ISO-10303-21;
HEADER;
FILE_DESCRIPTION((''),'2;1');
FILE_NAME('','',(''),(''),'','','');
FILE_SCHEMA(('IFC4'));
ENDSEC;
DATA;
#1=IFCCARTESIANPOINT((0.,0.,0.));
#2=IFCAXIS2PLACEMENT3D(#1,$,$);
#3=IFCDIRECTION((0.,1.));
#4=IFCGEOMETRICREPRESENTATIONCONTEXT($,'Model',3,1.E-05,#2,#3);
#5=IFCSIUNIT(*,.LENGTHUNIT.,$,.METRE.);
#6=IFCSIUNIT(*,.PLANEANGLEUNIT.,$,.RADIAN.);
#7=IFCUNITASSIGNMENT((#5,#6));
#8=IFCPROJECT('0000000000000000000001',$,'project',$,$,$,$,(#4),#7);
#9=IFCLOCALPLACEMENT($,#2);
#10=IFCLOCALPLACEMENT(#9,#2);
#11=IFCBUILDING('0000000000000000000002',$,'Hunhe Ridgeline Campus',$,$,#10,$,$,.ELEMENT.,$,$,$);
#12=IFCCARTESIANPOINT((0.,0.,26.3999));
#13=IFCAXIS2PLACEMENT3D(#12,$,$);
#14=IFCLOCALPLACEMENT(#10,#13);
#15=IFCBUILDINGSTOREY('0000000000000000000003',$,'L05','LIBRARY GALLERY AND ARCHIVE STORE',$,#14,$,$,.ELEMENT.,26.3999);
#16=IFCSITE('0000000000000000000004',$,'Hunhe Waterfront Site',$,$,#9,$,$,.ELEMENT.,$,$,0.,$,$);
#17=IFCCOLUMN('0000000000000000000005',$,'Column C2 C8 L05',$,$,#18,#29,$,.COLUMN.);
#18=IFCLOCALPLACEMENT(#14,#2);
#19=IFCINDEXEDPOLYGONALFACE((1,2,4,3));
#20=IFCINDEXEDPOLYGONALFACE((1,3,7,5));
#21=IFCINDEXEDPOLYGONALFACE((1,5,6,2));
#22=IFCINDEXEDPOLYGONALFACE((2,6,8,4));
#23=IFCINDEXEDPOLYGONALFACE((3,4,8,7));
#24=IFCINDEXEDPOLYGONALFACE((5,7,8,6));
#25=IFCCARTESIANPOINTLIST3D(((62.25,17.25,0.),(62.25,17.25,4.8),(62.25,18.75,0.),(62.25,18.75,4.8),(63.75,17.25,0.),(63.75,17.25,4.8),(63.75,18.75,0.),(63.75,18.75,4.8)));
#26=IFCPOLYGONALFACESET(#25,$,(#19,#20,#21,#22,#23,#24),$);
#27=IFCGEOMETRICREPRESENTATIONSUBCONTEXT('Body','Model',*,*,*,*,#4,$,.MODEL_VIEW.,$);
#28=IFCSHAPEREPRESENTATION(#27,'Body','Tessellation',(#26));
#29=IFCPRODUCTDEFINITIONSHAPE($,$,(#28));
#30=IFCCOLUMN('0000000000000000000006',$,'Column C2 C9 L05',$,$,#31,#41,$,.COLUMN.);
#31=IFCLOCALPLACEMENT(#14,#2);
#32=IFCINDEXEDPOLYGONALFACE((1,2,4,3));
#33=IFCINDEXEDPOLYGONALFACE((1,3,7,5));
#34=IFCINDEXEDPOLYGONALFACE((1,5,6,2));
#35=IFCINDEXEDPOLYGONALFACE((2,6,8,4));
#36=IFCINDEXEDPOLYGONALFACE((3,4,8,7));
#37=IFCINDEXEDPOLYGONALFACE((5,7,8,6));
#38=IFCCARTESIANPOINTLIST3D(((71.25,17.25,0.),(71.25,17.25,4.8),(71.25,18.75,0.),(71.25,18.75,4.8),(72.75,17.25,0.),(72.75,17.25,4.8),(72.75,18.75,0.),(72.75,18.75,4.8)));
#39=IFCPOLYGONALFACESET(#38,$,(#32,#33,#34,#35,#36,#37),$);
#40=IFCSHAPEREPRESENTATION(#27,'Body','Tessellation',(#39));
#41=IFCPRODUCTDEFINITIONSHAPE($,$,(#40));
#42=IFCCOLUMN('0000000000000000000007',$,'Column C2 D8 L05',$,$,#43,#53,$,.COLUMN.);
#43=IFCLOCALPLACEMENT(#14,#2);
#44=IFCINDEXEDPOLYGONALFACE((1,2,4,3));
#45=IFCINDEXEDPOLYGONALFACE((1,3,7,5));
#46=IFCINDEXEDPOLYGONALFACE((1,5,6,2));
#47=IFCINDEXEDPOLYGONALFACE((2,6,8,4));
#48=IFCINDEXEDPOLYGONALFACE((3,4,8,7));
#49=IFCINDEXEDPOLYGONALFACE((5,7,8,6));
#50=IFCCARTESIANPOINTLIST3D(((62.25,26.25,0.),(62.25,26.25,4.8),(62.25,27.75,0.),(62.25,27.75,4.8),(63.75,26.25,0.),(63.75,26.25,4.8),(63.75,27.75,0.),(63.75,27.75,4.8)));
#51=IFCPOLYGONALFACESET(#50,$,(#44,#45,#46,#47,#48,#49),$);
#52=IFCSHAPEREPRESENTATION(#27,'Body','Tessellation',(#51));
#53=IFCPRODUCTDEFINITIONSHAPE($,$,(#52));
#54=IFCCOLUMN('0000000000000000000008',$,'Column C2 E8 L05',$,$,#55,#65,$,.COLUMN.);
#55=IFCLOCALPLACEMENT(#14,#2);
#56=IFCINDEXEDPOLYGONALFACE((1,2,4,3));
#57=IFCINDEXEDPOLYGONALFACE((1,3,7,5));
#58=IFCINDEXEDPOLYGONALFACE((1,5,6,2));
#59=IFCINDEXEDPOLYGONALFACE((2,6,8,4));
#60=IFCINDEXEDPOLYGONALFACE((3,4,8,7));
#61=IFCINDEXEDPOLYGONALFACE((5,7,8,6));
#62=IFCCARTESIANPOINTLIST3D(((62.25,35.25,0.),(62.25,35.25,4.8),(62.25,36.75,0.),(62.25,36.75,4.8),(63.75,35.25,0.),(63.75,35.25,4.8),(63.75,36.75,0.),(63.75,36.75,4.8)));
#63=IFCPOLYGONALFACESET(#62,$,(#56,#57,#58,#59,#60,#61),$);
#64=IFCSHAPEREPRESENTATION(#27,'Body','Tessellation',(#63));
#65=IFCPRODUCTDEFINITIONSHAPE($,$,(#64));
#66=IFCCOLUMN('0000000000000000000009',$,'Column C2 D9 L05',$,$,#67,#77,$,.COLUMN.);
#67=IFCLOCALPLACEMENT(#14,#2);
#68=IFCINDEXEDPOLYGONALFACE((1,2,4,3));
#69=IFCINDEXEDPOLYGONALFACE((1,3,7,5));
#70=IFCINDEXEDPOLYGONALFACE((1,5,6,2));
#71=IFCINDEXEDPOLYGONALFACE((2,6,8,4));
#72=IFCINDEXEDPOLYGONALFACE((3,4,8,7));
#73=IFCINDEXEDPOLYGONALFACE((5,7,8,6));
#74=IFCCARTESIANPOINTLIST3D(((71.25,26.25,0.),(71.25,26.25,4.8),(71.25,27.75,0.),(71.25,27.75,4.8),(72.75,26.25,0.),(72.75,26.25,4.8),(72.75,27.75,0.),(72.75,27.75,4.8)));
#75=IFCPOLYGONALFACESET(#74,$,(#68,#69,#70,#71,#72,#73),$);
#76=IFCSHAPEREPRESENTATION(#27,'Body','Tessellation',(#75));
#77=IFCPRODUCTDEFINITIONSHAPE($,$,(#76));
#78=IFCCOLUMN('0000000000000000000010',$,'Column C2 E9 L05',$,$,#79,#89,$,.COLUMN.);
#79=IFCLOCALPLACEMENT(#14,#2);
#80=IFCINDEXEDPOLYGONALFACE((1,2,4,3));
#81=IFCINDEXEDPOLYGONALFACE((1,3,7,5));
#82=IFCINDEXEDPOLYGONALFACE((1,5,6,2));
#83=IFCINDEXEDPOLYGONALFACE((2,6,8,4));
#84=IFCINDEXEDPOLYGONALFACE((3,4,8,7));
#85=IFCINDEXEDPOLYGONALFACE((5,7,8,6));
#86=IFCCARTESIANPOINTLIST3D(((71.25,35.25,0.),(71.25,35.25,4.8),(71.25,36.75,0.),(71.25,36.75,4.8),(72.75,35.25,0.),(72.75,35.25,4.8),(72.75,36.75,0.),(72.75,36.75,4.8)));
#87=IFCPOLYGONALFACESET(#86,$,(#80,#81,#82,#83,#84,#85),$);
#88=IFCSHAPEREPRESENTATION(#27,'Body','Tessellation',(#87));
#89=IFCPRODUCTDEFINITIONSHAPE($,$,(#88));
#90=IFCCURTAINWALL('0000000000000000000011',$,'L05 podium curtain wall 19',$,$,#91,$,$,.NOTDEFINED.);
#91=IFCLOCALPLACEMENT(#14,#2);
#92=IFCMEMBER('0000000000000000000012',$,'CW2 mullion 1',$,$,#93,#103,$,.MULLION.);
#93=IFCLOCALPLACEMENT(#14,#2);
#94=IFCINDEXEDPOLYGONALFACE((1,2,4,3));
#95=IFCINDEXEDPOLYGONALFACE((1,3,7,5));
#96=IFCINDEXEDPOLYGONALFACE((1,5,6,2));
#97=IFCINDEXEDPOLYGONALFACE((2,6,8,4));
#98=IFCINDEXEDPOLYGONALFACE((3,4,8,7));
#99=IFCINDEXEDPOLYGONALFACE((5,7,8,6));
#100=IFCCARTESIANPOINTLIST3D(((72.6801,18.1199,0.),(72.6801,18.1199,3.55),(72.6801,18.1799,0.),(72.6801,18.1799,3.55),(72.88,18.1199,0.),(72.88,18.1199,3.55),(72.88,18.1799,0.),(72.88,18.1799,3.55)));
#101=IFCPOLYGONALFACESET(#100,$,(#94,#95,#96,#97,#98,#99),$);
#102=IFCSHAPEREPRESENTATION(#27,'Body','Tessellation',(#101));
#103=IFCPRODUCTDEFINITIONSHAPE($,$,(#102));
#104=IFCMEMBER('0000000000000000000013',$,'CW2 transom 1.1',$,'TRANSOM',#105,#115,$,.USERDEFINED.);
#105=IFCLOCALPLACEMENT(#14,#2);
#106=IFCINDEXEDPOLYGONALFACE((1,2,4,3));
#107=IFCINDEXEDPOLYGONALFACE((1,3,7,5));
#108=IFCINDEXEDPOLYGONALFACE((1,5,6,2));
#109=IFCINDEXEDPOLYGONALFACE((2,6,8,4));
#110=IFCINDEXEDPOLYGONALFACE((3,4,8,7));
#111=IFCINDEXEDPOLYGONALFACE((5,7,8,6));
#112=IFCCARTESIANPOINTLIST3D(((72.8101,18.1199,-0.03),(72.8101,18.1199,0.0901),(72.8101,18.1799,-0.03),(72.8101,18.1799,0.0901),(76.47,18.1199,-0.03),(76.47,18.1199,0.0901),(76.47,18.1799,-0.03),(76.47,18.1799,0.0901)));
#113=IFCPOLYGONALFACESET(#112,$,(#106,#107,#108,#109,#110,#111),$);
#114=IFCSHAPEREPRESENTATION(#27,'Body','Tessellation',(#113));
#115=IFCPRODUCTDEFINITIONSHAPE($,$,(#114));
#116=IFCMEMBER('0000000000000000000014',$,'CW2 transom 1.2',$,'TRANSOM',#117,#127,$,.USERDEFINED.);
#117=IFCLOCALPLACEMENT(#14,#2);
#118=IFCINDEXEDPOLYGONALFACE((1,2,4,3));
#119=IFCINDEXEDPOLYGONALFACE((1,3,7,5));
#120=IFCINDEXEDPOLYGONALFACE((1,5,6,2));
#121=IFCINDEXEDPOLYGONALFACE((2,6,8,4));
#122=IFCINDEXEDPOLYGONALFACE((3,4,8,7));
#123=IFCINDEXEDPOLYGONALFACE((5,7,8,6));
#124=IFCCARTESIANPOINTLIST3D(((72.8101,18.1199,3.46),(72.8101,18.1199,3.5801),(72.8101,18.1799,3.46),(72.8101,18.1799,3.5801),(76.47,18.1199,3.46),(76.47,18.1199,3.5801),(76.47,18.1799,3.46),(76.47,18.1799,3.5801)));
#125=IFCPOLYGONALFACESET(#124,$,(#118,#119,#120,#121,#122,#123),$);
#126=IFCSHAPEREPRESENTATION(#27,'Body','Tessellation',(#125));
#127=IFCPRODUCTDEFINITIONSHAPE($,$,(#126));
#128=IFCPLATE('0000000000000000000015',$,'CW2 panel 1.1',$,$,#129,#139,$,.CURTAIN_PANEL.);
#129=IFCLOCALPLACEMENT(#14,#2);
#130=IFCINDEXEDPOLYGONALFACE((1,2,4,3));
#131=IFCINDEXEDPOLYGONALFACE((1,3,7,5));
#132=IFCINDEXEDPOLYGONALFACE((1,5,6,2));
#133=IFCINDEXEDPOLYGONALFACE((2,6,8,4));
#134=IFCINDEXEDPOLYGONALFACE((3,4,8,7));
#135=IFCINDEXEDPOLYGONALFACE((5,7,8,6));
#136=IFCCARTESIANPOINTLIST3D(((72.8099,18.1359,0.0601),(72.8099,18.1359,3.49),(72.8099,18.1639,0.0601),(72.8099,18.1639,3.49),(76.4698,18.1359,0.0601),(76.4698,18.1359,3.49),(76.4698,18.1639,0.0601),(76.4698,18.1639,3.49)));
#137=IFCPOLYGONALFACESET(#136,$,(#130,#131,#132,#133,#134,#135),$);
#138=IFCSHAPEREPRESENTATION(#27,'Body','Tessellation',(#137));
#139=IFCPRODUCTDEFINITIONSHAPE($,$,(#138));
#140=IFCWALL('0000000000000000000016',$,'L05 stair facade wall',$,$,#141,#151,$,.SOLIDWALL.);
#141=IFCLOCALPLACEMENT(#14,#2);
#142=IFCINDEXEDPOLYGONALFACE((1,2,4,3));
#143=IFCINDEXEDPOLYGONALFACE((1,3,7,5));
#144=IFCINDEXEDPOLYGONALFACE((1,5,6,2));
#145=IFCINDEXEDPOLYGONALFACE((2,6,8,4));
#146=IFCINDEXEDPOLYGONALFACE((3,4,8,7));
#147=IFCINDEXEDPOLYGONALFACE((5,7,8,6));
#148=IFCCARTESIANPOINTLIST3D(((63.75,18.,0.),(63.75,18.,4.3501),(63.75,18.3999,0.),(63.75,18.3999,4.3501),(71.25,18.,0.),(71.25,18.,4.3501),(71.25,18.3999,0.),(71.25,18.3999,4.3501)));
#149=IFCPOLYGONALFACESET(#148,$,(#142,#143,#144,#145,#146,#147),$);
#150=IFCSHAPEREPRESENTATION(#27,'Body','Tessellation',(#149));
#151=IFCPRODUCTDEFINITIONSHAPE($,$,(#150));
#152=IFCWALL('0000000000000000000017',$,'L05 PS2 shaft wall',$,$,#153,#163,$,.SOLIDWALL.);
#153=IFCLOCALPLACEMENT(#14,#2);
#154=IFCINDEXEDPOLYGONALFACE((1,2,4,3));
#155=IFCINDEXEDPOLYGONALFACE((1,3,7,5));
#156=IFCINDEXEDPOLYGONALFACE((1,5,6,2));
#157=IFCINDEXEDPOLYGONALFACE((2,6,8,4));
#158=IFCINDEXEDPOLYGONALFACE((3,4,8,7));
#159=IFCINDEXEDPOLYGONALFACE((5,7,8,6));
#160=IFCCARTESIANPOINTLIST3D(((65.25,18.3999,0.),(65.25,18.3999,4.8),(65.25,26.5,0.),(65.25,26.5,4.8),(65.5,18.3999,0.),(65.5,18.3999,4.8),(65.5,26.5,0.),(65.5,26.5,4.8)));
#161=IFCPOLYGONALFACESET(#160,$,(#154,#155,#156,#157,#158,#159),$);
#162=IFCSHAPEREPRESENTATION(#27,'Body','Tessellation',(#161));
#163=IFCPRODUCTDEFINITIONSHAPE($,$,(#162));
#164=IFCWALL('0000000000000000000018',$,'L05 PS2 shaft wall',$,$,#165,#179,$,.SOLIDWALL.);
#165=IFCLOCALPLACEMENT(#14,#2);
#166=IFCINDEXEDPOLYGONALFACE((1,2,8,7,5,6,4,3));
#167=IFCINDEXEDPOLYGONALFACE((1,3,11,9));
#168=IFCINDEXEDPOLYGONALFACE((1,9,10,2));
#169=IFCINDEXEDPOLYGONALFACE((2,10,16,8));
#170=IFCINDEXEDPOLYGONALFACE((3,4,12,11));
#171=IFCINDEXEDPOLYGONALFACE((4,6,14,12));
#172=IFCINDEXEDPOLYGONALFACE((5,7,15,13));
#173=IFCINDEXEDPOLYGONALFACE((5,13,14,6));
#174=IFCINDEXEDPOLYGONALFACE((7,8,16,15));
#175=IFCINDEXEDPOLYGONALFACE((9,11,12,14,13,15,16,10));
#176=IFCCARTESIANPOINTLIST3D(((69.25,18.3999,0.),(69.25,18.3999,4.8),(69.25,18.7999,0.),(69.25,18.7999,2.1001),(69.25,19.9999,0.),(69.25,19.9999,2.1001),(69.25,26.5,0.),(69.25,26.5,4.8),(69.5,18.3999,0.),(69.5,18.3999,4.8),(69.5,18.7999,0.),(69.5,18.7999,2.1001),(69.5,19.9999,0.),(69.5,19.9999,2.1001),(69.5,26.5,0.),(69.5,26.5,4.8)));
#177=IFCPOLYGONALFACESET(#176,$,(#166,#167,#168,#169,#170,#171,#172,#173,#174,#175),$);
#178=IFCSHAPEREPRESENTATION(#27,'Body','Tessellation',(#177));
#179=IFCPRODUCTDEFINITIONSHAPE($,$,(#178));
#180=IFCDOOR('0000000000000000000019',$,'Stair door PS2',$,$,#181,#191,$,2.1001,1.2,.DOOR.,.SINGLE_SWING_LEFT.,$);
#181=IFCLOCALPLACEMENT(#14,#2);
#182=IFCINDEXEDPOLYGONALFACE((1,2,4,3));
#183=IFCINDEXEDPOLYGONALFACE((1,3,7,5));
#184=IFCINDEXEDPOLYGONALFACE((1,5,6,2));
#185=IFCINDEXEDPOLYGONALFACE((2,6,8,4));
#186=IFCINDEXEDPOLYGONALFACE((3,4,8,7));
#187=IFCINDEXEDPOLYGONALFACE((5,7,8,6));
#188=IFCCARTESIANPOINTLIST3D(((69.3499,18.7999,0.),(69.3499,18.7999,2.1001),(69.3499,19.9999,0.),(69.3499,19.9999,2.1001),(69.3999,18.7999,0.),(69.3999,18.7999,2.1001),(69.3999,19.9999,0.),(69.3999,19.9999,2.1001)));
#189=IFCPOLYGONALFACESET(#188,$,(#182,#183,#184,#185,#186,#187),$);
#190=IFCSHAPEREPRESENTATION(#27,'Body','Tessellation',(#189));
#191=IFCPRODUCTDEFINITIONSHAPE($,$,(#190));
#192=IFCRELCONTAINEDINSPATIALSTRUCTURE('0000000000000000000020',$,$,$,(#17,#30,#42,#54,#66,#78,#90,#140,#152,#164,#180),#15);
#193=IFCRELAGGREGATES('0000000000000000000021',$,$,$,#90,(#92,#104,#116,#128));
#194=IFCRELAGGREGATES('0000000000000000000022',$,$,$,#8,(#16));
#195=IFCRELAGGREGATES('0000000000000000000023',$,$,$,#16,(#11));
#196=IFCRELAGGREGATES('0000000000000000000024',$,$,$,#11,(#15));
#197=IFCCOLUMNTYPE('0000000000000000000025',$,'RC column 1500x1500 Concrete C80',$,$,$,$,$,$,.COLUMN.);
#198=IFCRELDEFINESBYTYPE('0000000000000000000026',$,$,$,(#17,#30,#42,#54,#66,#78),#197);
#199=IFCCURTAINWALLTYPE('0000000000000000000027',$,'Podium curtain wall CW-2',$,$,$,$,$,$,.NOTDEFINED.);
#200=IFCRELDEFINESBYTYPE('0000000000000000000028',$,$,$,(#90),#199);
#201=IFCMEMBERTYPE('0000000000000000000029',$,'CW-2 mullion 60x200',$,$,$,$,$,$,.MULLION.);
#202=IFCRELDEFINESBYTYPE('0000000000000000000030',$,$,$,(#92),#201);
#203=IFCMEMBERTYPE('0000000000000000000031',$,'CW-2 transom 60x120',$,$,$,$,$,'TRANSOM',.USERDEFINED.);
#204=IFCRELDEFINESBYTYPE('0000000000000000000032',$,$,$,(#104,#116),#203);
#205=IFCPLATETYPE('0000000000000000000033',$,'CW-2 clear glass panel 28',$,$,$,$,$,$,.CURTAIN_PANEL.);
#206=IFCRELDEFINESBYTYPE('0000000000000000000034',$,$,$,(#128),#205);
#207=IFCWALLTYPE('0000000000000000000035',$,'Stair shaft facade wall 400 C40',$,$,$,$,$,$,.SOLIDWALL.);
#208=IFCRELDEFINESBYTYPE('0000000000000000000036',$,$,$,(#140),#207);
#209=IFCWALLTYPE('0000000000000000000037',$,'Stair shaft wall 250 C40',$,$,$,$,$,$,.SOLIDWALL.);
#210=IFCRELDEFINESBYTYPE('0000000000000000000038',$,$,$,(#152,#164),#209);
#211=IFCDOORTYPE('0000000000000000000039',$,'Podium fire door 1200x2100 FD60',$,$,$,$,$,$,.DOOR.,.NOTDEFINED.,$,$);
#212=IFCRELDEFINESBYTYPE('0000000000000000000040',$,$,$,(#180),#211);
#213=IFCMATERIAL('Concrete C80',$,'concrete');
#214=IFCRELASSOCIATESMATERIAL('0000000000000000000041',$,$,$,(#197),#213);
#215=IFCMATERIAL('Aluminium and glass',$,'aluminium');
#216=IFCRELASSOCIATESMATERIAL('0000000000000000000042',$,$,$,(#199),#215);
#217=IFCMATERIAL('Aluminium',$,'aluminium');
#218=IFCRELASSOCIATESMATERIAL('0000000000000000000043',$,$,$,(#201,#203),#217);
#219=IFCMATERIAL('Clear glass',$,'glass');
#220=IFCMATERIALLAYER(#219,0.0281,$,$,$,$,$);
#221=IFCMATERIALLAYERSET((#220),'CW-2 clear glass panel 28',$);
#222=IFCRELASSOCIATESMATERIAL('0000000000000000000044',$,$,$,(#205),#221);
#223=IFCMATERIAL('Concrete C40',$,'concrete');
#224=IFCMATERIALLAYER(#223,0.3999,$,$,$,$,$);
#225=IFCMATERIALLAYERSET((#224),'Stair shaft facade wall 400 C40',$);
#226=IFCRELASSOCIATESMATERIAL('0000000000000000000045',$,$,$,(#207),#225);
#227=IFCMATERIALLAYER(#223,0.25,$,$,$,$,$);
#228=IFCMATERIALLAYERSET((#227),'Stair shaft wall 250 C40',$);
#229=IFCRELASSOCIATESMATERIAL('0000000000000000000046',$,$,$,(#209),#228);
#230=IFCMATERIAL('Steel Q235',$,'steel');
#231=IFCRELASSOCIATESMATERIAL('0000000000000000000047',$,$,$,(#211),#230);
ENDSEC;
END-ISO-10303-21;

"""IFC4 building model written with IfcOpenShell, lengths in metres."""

from ifc_helpers import new_model, si_unit, direction, frame, frame_2d, origin, origin_2d, place, context, subcontext, project, spatial, rectangle, extrude, material, layer, layer_set, material_profile, profile_set, type_object, element, fill, aggregate, save


model = new_model("IFC4")

# Units and contexts
model_context = context("Model", 3, precision=1e-05, world=origin(), true_north=direction((0.0, 1.0)))
body_context = subcontext(model_context, "Body", "Model", "MODEL_VIEW")
ifc_project = project(units=[si_unit("LENGTHUNIT", "METRE"), si_unit("PLANEANGLEUNIT", "RADIAN")], contexts=[model_context])

# Site, building, storey
site_placement = place(None, origin())
site = spatial("IfcSite", under=ifc_project, at=site_placement, Name="Hunhe Waterfront Site", CompositionType="ELEMENT", RefElevation=0.0)
building_placement = place(site_placement, origin())
building = spatial("IfcBuilding", under=site, at=building_placement, Name="Hunhe Ridgeline Campus", CompositionType="ELEMENT")
storey_placement = place(building_placement, frame((0.0, 0.0, 26.3999)))
storey = spatial("IfcBuildingStorey", under=building, at=storey_placement, Name="L05", Description="LIBRARY GALLERY AND ARCHIVE STORE", CompositionType="ELEMENT", Elevation=26.3999)

# Columns
ifc_material_1 = material(Name="Concrete C80", Category="concrete")
ifc_material_profile_1 = material_profile(ifc_material_1, rectangle(XDim=1.5, YDim=1.5, at=origin_2d()))
ifc_profile_set_1 = profile_set([ifc_material_profile_1], Name="Concrete C80")
column_type = type_object("IfcColumnType", Name="RC column 1500x1500 Concrete C80", PredefinedType="COLUMN", material=ifc_profile_set_1)
for number, where, z_axis, x_axis, name in (
    (1, (63.0, 18.0, 0.0), (0.0, 0.0, 1.0), (1.0, 0.0, 0.0), "Column C2 C8 L05"),
    (2, (72.0, 18.0, 0.0), (0.0, 0.0, 1.0), (1.0, 0.0, 0.0), "Column C2 C9 L05"),
    (3, (63.0, 27.0, 0.0), (0.0, 0.0, 1.0), (1.0, 0.0, 0.0), "Column C2 D8 L05"),
    (4, (63.0, 36.0, 0.0), (0.0, 0.0, 1.0), (1.0, 0.0, 0.0), "Column C2 E8 L05"),
    (5, (72.0, 27.0, 0.0), (0.0, 0.0, 1.0), (1.0, 0.0, 0.0), "Column C2 D9 L05"),
    (6, (72.0, 36.0, 0.0), (0.0, 0.0, 1.0), (1.0, 0.0, 0.0), "Column C2 E9 L05"),
):
    element("IfcColumn", number, at=place(storey_placement, frame(where, z_axis=z_axis, x_axis=x_axis)), inside=storey, type_object=column_type, Name=name, PredefinedType="COLUMN", context=body_context, shape_type="SweptSolid", body=[
        extrude(rectangle(XDim=1.5, YDim=1.5, at=origin_2d()), origin(), (0.0, 0.0, 1.0), 4.8),
    ])

# Curtain wall, members, plate
ifc_material_2 = material(Name="Aluminium and glass", Category="aluminium")
curtain_wall_type = type_object("IfcCurtainWallType", Name="Podium curtain wall CW-2", PredefinedType="NOTDEFINED", material=ifc_material_2)
curtain_wall_placement = place(storey_placement, origin())
curtain_wall = element("IfcCurtainWall", 7, at=curtain_wall_placement, inside=storey, type_object=curtain_wall_type, Name="L05 podium curtain wall 19", PredefinedType="NOTDEFINED")
ifc_material_3 = material(Name="Aluminium", Category="aluminium")
ifc_material_profile_2 = material_profile(ifc_material_3, rectangle(XDim=0.0601, YDim=0.2, at=origin_2d()))
ifc_profile_set_2 = profile_set([ifc_material_profile_2], Name="Aluminium")
member_type_1 = type_object("IfcMemberType", Name="CW-2 mullion 60x200", PredefinedType="MULLION", material=ifc_profile_set_2)
member_1_placement = place(storey_placement, frame((72.78, 18.1499, 0.0), z_axis=(0.0, 0.0, 1.0), x_axis=(0.0, 1.0, 0.0)))
member_1 = element("IfcMember", 8, at=member_1_placement, type_object=member_type_1, Name="CW2 mullion 1", PredefinedType="MULLION", context=body_context, shape_type="SweptSolid", body=[
    extrude(rectangle(XDim=0.0601, YDim=0.2, at=origin_2d()), origin(), (0.0, 0.0, 1.0), 3.55),
])
ifc_material_profile_3 = material_profile(ifc_material_3, rectangle(XDim=0.0601, YDim=0.1201, at=origin_2d()))
ifc_profile_set_3 = profile_set([ifc_material_profile_3], Name="Aluminium")
member_type_2 = type_object("IfcMemberType", Name="CW-2 transom 60x120", ElementType="TRANSOM", PredefinedType="USERDEFINED", material=ifc_profile_set_3)
member_2_placement = place(storey_placement, frame((72.8101, 18.1499, 0.03), z_axis=(1.0, 0.0, 0.0), x_axis=(0.0, 1.0, 0.0)))
member_2 = element("IfcMember", 9, at=member_2_placement, type_object=member_type_2, Name="CW2 transom 1.1", ObjectType="TRANSOM", PredefinedType="USERDEFINED", context=body_context, shape_type="SweptSolid", body=[
    extrude(rectangle(XDim=0.0601, YDim=0.1201, at=origin_2d()), origin(), (0.0, 0.0, 1.0), 3.6599),
])
member_3_placement = place(storey_placement, frame((72.8101, 18.1499, 3.52), z_axis=(1.0, 0.0, 0.0), x_axis=(0.0, 1.0, 0.0)))
member_3 = element("IfcMember", 10, at=member_3_placement, type_object=member_type_2, Name="CW2 transom 1.2", ObjectType="TRANSOM", PredefinedType="USERDEFINED", context=body_context, shape_type="SweptSolid", body=[
    extrude(rectangle(XDim=0.0601, YDim=0.1201, at=origin_2d()), origin(), (0.0, 0.0, 1.0), 3.6599),
])
ifc_material_4 = material(Name="Clear glass", Category="glass")
ifc_layer_1 = layer(ifc_material_4, 0.0281)
ifc_layer_set_1 = layer_set([ifc_layer_1], Name="CW-2 clear glass panel 28")
plate_type = type_object("IfcPlateType", Name="CW-2 clear glass panel 28", PredefinedType="CURTAIN_PANEL", material=ifc_layer_set_1)
plate_placement = place(storey_placement, frame((74.6399, 18.1499, 0.0601), z_axis=(0.0, 0.0, 1.0), x_axis=(1.0, 0.0, 0.0)))
plate = element("IfcPlate", 11, at=plate_placement, type_object=plate_type, Name="CW2 panel 1.1", PredefinedType="CURTAIN_PANEL", context=body_context, shape_type="SweptSolid", body=[
    extrude(rectangle(XDim=3.6599, YDim=0.0281, at=origin_2d()), origin(), (0.0, 0.0, 1.0), 3.4299),
])
aggregate(curtain_wall, [member_1, member_2, member_3, plate])

# Walls
ifc_material_5 = material(Name="Concrete C40", Category="concrete")
ifc_layer_2 = layer(ifc_material_5, 0.3999)
ifc_layer_set_2 = layer_set([ifc_layer_2], Name="Stair shaft facade wall 400 C40")
wall_type_1 = type_object("IfcWallType", Name="Stair shaft facade wall 400 C40", PredefinedType="SOLIDWALL", material=ifc_layer_set_2)
wall_1_placement = place(storey_placement, frame((71.25, 18.2, 0.0), z_axis=(0.0, 0.0, 1.0), x_axis=(-1.0, 0.0, 0.0)))
element("IfcWall", 12, at=wall_1_placement, inside=storey, type_object=wall_type_1, Name="L05 stair facade wall", PredefinedType="SOLIDWALL", context=body_context, shape_type="SweptSolid", body=[
    extrude(rectangle(XDim=7.5, YDim=0.3999, at=frame_2d((3.75, 0.0))), origin(), (0.0, 0.0, 1.0), 4.3501),
])
ifc_layer_3 = layer(ifc_material_5, 0.25)
ifc_layer_set_3 = layer_set([ifc_layer_3], Name="Stair shaft wall 250 C40")
wall_type_2 = type_object("IfcWallType", Name="Stair shaft wall 250 C40", PredefinedType="SOLIDWALL", material=ifc_layer_set_3)
wall_2_placement = place(storey_placement, frame((65.375, 18.3999, 0.0), z_axis=(0.0, 0.0, 1.0), x_axis=(0.0, 1.0, 0.0)))
element("IfcWall", 13, at=wall_2_placement, inside=storey, type_object=wall_type_2, Name="L05 PS2 shaft wall", PredefinedType="SOLIDWALL", context=body_context, shape_type="SweptSolid", body=[
    extrude(rectangle(XDim=8.1001, YDim=0.25, at=frame_2d((4.05, 0.0))), origin(), (0.0, 0.0, 1.0), 4.8),
])

# Wall, opening, door
wall_3_placement = place(storey_placement, frame((69.375, 26.5, 0.0), z_axis=(0.0, 0.0, 1.0), x_axis=(0.0, -1.0, 0.0)))
wall_3 = element("IfcWall", 14, at=wall_3_placement, inside=storey, type_object=wall_type_2, Name="L05 PS2 shaft wall", PredefinedType="SOLIDWALL", context=body_context, shape_type="SweptSolid", body=[
    extrude(rectangle(XDim=8.1001, YDim=0.25, at=frame_2d((4.05, 0.0))), origin(), (0.0, 0.0, 1.0), 4.8),
])
opening_placement = place(wall_3_placement, frame((6.5, 0.0, 0.0)))
opening = element("IfcOpeningElement", 15, at=opening_placement, cuts=wall_3, PredefinedType="OPENING", context=body_context, shape_type="SweptSolid", body=[
    extrude(rectangle(XDim=1.2, YDim=2.1001, at=frame_2d((0.6001, 1.05))), frame((0.0, 0.125, 0.0), z_axis=(0.0, -1.0, 0.0), x_axis=(1.0, 0.0, 0.0)), (0.0, 0.0, 1.0), 0.25),
])
ifc_material_6 = material(Name="Steel Q235", Category="steel")
door_type = type_object("IfcDoorType", Name="Podium fire door 1200x2100 FD60", OperationType="NOTDEFINED", PredefinedType="DOOR", material=ifc_material_6)
door_placement = place(opening_placement, origin())
door = element("IfcDoor", 16, at=door_placement, inside=storey, type_object=door_type, Name="Stair door PS2", OperationType="SINGLE_SWING_LEFT", OverallHeight=2.1001, OverallWidth=1.2, PredefinedType="DOOR", context=body_context, shape_type="SweptSolid", body=[
    extrude(rectangle(XDim=1.2, YDim=2.1001, at=frame_2d((0.6001, 1.05))), frame((0.0, 0.0249, 0.0), z_axis=(0.0, -1.0, 0.0), x_axis=(1.0, 0.0, 0.0)), (0.0, 0.0, 1.0), 0.05),
])
fill(opening, door)

save(model, "model.ifc")
